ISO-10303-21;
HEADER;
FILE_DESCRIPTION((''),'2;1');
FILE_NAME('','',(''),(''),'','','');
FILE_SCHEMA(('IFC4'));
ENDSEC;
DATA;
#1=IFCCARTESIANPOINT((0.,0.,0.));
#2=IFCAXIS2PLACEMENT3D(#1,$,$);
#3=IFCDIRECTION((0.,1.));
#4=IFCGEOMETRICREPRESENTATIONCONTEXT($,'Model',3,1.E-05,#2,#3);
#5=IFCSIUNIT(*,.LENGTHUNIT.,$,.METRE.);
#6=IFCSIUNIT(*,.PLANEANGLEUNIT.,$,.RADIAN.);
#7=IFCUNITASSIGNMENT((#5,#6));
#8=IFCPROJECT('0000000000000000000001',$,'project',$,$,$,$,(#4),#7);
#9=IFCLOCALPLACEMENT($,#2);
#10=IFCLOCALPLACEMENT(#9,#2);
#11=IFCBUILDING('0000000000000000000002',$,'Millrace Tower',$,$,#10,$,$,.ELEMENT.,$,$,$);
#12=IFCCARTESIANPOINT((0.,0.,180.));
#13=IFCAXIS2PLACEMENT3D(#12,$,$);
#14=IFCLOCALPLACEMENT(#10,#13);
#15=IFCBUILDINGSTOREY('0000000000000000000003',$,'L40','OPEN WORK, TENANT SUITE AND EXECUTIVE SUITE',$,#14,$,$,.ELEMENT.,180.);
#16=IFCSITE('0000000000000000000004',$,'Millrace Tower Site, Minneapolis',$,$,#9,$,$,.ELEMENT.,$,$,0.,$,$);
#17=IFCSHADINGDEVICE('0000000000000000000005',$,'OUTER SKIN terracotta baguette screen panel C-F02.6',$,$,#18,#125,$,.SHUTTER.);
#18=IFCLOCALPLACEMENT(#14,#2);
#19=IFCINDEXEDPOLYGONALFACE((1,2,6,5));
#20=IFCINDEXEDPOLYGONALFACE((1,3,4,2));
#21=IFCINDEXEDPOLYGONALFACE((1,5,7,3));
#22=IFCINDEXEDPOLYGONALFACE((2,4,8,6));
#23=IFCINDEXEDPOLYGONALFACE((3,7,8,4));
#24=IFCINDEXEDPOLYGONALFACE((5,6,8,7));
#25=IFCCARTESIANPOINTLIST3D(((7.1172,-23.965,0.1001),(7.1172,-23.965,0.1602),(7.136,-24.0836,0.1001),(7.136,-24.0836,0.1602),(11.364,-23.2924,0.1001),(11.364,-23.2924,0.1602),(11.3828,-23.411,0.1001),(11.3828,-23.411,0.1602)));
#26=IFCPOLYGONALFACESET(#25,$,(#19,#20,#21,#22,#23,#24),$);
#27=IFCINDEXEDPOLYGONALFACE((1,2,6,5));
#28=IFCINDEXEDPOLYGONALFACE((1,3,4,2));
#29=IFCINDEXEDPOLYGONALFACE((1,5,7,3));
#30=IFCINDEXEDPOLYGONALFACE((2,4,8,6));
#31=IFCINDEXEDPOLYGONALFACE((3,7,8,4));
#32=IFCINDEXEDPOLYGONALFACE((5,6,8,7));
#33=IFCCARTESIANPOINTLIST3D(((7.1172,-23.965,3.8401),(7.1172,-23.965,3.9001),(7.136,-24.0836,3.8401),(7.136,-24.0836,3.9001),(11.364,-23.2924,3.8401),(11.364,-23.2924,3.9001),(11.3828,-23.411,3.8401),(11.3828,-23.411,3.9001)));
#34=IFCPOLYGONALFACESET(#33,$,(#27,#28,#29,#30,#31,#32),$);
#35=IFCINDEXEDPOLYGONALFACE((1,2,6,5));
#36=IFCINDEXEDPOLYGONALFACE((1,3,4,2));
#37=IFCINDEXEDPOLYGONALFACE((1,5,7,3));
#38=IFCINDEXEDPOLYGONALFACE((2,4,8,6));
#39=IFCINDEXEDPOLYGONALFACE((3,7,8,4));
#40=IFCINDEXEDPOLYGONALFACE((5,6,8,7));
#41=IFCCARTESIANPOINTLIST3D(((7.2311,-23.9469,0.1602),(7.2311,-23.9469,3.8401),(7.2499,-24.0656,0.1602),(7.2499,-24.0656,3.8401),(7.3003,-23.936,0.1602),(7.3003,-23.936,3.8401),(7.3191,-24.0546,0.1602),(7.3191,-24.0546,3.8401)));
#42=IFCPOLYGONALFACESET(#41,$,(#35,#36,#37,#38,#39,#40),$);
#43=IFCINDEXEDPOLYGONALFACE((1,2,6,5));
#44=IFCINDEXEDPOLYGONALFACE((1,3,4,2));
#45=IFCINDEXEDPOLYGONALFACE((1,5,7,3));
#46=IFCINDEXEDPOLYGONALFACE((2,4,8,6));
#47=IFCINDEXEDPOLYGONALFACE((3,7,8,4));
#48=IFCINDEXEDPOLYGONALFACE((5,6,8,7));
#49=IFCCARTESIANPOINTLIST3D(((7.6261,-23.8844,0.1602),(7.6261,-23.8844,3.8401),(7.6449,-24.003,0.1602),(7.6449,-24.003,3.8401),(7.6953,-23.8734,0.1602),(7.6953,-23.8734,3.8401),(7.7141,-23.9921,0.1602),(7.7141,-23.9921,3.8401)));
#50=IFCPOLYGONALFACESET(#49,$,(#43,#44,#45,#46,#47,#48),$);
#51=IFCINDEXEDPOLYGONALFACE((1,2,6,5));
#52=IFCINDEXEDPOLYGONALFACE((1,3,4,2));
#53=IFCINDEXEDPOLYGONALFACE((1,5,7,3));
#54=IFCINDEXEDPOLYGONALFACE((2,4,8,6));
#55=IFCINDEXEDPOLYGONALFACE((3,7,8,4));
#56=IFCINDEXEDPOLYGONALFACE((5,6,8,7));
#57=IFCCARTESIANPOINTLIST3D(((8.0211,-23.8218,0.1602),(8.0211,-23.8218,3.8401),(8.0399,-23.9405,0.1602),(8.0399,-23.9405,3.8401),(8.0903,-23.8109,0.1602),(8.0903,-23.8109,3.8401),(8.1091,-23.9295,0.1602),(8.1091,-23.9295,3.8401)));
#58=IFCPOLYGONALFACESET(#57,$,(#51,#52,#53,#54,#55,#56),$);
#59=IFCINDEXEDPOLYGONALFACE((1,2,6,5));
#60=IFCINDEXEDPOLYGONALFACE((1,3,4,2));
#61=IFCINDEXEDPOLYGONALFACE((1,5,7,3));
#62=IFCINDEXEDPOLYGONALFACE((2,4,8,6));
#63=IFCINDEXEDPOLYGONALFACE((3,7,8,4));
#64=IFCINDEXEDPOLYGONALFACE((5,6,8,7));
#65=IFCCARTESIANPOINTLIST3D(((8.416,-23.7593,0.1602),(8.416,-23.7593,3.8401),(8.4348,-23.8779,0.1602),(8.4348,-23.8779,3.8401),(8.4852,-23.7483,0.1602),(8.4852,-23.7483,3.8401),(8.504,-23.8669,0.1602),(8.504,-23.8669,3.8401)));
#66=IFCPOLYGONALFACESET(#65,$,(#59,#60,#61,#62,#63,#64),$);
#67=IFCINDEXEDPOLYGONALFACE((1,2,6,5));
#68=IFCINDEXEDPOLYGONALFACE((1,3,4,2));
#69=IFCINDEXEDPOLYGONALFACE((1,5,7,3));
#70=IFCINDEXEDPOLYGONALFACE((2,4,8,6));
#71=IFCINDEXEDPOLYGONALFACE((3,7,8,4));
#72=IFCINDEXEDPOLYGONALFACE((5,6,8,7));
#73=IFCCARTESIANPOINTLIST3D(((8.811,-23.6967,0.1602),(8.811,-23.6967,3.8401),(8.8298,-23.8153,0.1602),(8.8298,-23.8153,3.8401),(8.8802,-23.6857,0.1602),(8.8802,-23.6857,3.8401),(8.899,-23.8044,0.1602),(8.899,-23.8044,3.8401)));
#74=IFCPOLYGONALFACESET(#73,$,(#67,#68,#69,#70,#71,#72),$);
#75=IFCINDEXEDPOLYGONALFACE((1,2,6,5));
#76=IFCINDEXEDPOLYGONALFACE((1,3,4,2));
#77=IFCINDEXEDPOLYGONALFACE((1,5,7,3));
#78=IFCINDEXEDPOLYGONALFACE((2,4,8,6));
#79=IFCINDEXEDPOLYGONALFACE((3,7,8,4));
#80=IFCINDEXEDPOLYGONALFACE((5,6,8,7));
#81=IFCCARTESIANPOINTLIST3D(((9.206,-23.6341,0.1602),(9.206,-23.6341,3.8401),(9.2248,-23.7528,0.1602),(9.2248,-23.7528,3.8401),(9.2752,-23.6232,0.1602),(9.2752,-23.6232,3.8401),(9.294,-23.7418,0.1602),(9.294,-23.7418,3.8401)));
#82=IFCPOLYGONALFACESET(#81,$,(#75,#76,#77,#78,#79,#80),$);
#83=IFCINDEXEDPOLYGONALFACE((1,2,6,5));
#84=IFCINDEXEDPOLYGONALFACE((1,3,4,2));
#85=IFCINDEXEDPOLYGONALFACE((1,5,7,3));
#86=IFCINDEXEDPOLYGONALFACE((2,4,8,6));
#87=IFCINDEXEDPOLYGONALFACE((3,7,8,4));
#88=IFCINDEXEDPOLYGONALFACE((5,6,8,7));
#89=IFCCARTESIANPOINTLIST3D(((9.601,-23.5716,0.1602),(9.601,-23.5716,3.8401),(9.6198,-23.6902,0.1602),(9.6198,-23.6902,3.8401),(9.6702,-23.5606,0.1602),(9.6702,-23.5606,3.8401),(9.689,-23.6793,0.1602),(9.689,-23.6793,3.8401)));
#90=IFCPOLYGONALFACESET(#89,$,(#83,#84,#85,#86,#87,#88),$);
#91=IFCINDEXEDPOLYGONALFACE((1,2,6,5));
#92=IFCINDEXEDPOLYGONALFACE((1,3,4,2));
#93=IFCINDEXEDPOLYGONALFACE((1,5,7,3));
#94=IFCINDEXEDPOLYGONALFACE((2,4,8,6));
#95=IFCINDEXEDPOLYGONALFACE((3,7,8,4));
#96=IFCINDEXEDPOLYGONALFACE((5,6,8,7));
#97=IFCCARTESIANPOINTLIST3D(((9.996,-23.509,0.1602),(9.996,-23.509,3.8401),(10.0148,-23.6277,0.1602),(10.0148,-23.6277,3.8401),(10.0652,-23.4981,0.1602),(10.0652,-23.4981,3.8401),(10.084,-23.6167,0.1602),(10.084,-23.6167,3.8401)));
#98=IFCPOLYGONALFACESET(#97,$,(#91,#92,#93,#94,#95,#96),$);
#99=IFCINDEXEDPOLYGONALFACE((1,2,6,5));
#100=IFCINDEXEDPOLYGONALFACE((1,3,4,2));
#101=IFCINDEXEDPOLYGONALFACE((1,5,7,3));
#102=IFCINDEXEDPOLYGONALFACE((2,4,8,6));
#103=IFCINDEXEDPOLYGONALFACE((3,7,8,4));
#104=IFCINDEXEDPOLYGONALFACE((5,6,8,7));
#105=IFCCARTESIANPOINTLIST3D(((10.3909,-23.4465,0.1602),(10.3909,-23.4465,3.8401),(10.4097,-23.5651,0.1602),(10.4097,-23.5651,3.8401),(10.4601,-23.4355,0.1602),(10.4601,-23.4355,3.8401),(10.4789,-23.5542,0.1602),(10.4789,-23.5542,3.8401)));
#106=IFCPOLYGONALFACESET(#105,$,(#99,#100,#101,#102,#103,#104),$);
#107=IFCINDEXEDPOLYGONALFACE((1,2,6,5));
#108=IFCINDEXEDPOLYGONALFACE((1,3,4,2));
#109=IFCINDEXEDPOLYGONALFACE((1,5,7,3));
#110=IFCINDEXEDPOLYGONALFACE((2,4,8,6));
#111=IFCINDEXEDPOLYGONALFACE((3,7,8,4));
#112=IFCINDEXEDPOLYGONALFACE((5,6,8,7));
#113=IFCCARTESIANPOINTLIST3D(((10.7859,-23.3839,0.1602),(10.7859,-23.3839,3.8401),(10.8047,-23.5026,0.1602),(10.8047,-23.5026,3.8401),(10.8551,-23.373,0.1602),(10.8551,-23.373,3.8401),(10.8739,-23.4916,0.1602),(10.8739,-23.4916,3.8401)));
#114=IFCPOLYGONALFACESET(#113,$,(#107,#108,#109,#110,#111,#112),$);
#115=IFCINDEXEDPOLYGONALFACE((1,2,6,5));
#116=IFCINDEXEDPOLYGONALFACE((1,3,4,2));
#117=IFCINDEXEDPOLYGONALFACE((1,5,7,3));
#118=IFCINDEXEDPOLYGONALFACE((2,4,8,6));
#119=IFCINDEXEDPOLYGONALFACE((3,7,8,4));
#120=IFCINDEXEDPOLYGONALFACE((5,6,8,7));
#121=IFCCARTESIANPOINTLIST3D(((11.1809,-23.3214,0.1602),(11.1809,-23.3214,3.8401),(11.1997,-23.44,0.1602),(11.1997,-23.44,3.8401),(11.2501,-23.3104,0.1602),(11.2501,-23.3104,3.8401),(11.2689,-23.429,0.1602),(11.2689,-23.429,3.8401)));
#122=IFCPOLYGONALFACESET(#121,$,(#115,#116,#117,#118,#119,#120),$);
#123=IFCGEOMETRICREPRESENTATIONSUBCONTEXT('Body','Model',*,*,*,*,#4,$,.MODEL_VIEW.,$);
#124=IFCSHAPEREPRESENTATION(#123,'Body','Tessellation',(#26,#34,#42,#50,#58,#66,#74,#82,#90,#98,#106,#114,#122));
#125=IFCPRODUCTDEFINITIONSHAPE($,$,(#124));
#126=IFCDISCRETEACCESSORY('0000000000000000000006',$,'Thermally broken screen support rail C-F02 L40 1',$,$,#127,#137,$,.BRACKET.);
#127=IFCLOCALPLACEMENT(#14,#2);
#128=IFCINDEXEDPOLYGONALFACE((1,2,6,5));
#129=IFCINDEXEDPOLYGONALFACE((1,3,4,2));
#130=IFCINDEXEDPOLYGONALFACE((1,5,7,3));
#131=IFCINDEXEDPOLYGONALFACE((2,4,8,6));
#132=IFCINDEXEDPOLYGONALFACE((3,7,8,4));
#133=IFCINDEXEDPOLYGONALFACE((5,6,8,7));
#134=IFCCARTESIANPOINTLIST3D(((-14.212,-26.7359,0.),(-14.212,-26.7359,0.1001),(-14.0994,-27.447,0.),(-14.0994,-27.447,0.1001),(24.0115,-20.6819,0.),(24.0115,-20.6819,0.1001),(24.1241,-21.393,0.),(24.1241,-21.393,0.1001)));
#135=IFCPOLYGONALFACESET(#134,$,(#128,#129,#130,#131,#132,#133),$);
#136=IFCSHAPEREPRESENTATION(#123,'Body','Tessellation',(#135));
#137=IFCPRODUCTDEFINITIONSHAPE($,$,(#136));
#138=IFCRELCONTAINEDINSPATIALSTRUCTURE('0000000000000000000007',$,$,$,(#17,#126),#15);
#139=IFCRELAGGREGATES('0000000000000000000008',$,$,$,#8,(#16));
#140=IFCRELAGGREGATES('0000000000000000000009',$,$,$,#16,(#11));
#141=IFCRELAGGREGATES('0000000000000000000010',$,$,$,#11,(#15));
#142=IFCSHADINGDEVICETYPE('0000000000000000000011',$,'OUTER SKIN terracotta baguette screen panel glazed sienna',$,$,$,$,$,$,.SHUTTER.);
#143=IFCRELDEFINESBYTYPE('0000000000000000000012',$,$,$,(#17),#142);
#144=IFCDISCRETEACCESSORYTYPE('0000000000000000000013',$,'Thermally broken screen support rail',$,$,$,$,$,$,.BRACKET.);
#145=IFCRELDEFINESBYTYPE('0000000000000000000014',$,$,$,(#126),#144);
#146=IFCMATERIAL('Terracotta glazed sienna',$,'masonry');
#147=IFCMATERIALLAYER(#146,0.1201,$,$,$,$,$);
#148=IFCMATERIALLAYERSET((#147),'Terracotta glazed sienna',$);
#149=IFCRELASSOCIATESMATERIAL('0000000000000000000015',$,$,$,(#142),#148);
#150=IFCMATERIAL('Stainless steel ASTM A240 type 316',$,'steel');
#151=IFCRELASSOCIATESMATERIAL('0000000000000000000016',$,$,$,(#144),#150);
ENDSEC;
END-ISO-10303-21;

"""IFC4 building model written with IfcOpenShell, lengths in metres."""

from ifc_helpers import new_model, entity, si_unit, direction, frame, frame_2d, origin, origin_2d, place, context, subcontext, project, spatial, rectangle, extrude, source, transform, mapped, material, layer, layer_set, type_object, element, save


model = new_model("IFC4")

# Units and contexts
model_context = context("Model", 3, precision=1e-05, world=origin(), true_north=direction((0.0, 1.0)))
body_context = subcontext(model_context, "Body", "Model", "MODEL_VIEW")
ifc_project = project(units=[si_unit("LENGTHUNIT", "METRE"), si_unit("PLANEANGLEUNIT", "RADIAN")], contexts=[model_context])

# Site, building, storey
site_placement = place(None, origin())
site = spatial("IfcSite", under=ifc_project, at=site_placement, Name="Millrace Tower Site, Minneapolis", CompositionType="ELEMENT", RefElevation=0.0)
building_placement = place(site_placement, origin())
building = spatial("IfcBuilding", under=site, at=building_placement, Name="Millrace Tower", CompositionType="ELEMENT")
storey_placement = place(building_placement, frame((0.0, 0.0, 180.0)))
storey = spatial("IfcBuildingStorey", under=building, at=storey_placement, Name="L40", Description="OPEN WORK, TENANT SUITE AND EXECUTIVE SUITE", CompositionType="ELEMENT", Elevation=180.0)

# Shading device
ifc_material_1 = material(Name="Terracotta glazed sienna", Category="masonry")
ifc_layer_1 = layer(ifc_material_1, 0.1201)
ifc_layer_set_1 = layer_set([ifc_layer_1], Name="Terracotta glazed sienna")
shading_device_type = type_object("IfcShadingDeviceType", Name="OUTER SKIN terracotta baguette screen panel glazed sienna", PredefinedType="SHUTTER", material=ifc_layer_set_1)
cartesian_point = entity("IfcCartesianPoint", [-2.1499, 0.0601])
shared_polyline = entity("IfcPolyline", [cartesian_point, entity("IfcCartesianPoint", [2.1499, 0.0601]), entity("IfcCartesianPoint", [2.1499, -0.0601]), entity("IfcCartesianPoint", [-2.1499, -0.0601]), cartesian_point])
shared_shape = source(origin(), body_context, "Body", "SweptSolid", [
    entity("IfcExtrudedAreaSolid", entity("IfcArbitraryClosedProfileDef", "AREA", None, shared_polyline), entity("IfcAxis2Placement3D", entity("IfcCartesianPoint", [0.0, 0.0, 0.0])), entity("IfcDirection", [0.0, 0.0, 1.0]), 0.0601),
    entity("IfcExtrudedAreaSolid", entity("IfcArbitraryClosedProfileDef", "AREA", None, shared_polyline), entity("IfcAxis2Placement3D", entity("IfcCartesianPoint", [0.0, 0.0, 3.74])), entity("IfcDirection", [0.0, 0.0, 1.0]), 0.0601),
    extrude(rectangle(XDim=0.0701, YDim=0.1201, at=frame_2d((-1.9995, 0.0))), frame((0.0, 0.0, 0.0601)), (0.0, 0.0, 1.0), 3.6799),
    extrude(rectangle(XDim=0.0701, YDim=0.1201, at=frame_2d((-1.5996, 0.0))), frame((0.0, 0.0, 0.0601)), (0.0, 0.0, 1.0), 3.6799),
    extrude(rectangle(XDim=0.0701, YDim=0.1201, at=frame_2d((-1.1997, 0.0))), frame((0.0, 0.0, 0.0601)), (0.0, 0.0, 1.0), 3.6799),
    extrude(rectangle(XDim=0.0701, YDim=0.1201, at=frame_2d((-0.7998, 0.0))), frame((0.0, 0.0, 0.0601)), (0.0, 0.0, 1.0), 3.6799),
    extrude(rectangle(XDim=0.0701, YDim=0.1201, at=frame_2d((-0.3999, 0.0))), frame((0.0, 0.0, 0.0601)), (0.0, 0.0, 1.0), 3.6799),
    extrude(rectangle(XDim=0.0701, YDim=0.1201, at=origin_2d()), frame((0.0, 0.0, 0.0601)), (0.0, 0.0, 1.0), 3.6799),
    extrude(rectangle(XDim=0.0701, YDim=0.1201, at=frame_2d((0.3999, 0.0))), frame((0.0, 0.0, 0.0601)), (0.0, 0.0, 1.0), 3.6799),
    extrude(rectangle(XDim=0.0701, YDim=0.1201, at=frame_2d((0.7998, 0.0))), frame((0.0, 0.0, 0.0601)), (0.0, 0.0, 1.0), 3.6799),
    extrude(rectangle(XDim=0.0701, YDim=0.1201, at=frame_2d((1.1997, 0.0))), frame((0.0, 0.0, 0.0601)), (0.0, 0.0, 1.0), 3.6799),
    extrude(rectangle(XDim=0.0701, YDim=0.1201, at=frame_2d((1.5996, 0.0))), frame((0.0, 0.0, 0.0601)), (0.0, 0.0, 1.0), 3.6799),
    extrude(rectangle(XDim=0.0701, YDim=0.1201, at=frame_2d((1.9995, 0.0))), frame((0.0, 0.0, 0.0601)), (0.0, 0.0, 1.0), 3.6799),
])
for number, where, z_axis, x_axis, name in (
    (1, (9.25, -23.688, 0.1001), (0.0, 0.0, 1.0), (0.987688, 0.156434, 0.0), "OUTER SKIN terracotta baguette screen panel C-F02.6"),
):
    element("IfcShadingDevice", number, at=place(storey_placement, frame(where, z_axis=z_axis, x_axis=x_axis)), inside=storey, type_object=shading_device_type, Name=name, PredefinedType="SHUTTER", context=body_context, shape_type="MappedRepresentation", body=[
        mapped(shared_shape, transform((0.0, 0.0, 0.0), scale=1.0)),
    ])

# Discrete accessory
ifc_material_2 = material(Name="Stainless steel ASTM A240 type 316", Category="steel")
discrete_accessory_type = type_object("IfcDiscreteAccessoryType", Name="Thermally broken screen support rail", PredefinedType="BRACKET", material=ifc_material_2)
discrete_accessory_placement = place(storey_placement, frame((4.9561, -24.0645, 0.0), z_axis=(0.0, 0.0, 1.0), x_axis=(0.987688, 0.156434, 0.0)))
element("IfcDiscreteAccessory", 2, at=discrete_accessory_placement, inside=storey, type_object=discrete_accessory_type, Name="Thermally broken screen support rail C-F02 L40 1", PredefinedType="BRACKET", context=body_context, shape_type="SweptSolid", body=[
    extrude(rectangle(XDim=38.7, YDim=0.72, at=origin_2d()), origin(), (0.0, 0.0, 1.0), 0.1001),
])

save(model, "model.ifc")
